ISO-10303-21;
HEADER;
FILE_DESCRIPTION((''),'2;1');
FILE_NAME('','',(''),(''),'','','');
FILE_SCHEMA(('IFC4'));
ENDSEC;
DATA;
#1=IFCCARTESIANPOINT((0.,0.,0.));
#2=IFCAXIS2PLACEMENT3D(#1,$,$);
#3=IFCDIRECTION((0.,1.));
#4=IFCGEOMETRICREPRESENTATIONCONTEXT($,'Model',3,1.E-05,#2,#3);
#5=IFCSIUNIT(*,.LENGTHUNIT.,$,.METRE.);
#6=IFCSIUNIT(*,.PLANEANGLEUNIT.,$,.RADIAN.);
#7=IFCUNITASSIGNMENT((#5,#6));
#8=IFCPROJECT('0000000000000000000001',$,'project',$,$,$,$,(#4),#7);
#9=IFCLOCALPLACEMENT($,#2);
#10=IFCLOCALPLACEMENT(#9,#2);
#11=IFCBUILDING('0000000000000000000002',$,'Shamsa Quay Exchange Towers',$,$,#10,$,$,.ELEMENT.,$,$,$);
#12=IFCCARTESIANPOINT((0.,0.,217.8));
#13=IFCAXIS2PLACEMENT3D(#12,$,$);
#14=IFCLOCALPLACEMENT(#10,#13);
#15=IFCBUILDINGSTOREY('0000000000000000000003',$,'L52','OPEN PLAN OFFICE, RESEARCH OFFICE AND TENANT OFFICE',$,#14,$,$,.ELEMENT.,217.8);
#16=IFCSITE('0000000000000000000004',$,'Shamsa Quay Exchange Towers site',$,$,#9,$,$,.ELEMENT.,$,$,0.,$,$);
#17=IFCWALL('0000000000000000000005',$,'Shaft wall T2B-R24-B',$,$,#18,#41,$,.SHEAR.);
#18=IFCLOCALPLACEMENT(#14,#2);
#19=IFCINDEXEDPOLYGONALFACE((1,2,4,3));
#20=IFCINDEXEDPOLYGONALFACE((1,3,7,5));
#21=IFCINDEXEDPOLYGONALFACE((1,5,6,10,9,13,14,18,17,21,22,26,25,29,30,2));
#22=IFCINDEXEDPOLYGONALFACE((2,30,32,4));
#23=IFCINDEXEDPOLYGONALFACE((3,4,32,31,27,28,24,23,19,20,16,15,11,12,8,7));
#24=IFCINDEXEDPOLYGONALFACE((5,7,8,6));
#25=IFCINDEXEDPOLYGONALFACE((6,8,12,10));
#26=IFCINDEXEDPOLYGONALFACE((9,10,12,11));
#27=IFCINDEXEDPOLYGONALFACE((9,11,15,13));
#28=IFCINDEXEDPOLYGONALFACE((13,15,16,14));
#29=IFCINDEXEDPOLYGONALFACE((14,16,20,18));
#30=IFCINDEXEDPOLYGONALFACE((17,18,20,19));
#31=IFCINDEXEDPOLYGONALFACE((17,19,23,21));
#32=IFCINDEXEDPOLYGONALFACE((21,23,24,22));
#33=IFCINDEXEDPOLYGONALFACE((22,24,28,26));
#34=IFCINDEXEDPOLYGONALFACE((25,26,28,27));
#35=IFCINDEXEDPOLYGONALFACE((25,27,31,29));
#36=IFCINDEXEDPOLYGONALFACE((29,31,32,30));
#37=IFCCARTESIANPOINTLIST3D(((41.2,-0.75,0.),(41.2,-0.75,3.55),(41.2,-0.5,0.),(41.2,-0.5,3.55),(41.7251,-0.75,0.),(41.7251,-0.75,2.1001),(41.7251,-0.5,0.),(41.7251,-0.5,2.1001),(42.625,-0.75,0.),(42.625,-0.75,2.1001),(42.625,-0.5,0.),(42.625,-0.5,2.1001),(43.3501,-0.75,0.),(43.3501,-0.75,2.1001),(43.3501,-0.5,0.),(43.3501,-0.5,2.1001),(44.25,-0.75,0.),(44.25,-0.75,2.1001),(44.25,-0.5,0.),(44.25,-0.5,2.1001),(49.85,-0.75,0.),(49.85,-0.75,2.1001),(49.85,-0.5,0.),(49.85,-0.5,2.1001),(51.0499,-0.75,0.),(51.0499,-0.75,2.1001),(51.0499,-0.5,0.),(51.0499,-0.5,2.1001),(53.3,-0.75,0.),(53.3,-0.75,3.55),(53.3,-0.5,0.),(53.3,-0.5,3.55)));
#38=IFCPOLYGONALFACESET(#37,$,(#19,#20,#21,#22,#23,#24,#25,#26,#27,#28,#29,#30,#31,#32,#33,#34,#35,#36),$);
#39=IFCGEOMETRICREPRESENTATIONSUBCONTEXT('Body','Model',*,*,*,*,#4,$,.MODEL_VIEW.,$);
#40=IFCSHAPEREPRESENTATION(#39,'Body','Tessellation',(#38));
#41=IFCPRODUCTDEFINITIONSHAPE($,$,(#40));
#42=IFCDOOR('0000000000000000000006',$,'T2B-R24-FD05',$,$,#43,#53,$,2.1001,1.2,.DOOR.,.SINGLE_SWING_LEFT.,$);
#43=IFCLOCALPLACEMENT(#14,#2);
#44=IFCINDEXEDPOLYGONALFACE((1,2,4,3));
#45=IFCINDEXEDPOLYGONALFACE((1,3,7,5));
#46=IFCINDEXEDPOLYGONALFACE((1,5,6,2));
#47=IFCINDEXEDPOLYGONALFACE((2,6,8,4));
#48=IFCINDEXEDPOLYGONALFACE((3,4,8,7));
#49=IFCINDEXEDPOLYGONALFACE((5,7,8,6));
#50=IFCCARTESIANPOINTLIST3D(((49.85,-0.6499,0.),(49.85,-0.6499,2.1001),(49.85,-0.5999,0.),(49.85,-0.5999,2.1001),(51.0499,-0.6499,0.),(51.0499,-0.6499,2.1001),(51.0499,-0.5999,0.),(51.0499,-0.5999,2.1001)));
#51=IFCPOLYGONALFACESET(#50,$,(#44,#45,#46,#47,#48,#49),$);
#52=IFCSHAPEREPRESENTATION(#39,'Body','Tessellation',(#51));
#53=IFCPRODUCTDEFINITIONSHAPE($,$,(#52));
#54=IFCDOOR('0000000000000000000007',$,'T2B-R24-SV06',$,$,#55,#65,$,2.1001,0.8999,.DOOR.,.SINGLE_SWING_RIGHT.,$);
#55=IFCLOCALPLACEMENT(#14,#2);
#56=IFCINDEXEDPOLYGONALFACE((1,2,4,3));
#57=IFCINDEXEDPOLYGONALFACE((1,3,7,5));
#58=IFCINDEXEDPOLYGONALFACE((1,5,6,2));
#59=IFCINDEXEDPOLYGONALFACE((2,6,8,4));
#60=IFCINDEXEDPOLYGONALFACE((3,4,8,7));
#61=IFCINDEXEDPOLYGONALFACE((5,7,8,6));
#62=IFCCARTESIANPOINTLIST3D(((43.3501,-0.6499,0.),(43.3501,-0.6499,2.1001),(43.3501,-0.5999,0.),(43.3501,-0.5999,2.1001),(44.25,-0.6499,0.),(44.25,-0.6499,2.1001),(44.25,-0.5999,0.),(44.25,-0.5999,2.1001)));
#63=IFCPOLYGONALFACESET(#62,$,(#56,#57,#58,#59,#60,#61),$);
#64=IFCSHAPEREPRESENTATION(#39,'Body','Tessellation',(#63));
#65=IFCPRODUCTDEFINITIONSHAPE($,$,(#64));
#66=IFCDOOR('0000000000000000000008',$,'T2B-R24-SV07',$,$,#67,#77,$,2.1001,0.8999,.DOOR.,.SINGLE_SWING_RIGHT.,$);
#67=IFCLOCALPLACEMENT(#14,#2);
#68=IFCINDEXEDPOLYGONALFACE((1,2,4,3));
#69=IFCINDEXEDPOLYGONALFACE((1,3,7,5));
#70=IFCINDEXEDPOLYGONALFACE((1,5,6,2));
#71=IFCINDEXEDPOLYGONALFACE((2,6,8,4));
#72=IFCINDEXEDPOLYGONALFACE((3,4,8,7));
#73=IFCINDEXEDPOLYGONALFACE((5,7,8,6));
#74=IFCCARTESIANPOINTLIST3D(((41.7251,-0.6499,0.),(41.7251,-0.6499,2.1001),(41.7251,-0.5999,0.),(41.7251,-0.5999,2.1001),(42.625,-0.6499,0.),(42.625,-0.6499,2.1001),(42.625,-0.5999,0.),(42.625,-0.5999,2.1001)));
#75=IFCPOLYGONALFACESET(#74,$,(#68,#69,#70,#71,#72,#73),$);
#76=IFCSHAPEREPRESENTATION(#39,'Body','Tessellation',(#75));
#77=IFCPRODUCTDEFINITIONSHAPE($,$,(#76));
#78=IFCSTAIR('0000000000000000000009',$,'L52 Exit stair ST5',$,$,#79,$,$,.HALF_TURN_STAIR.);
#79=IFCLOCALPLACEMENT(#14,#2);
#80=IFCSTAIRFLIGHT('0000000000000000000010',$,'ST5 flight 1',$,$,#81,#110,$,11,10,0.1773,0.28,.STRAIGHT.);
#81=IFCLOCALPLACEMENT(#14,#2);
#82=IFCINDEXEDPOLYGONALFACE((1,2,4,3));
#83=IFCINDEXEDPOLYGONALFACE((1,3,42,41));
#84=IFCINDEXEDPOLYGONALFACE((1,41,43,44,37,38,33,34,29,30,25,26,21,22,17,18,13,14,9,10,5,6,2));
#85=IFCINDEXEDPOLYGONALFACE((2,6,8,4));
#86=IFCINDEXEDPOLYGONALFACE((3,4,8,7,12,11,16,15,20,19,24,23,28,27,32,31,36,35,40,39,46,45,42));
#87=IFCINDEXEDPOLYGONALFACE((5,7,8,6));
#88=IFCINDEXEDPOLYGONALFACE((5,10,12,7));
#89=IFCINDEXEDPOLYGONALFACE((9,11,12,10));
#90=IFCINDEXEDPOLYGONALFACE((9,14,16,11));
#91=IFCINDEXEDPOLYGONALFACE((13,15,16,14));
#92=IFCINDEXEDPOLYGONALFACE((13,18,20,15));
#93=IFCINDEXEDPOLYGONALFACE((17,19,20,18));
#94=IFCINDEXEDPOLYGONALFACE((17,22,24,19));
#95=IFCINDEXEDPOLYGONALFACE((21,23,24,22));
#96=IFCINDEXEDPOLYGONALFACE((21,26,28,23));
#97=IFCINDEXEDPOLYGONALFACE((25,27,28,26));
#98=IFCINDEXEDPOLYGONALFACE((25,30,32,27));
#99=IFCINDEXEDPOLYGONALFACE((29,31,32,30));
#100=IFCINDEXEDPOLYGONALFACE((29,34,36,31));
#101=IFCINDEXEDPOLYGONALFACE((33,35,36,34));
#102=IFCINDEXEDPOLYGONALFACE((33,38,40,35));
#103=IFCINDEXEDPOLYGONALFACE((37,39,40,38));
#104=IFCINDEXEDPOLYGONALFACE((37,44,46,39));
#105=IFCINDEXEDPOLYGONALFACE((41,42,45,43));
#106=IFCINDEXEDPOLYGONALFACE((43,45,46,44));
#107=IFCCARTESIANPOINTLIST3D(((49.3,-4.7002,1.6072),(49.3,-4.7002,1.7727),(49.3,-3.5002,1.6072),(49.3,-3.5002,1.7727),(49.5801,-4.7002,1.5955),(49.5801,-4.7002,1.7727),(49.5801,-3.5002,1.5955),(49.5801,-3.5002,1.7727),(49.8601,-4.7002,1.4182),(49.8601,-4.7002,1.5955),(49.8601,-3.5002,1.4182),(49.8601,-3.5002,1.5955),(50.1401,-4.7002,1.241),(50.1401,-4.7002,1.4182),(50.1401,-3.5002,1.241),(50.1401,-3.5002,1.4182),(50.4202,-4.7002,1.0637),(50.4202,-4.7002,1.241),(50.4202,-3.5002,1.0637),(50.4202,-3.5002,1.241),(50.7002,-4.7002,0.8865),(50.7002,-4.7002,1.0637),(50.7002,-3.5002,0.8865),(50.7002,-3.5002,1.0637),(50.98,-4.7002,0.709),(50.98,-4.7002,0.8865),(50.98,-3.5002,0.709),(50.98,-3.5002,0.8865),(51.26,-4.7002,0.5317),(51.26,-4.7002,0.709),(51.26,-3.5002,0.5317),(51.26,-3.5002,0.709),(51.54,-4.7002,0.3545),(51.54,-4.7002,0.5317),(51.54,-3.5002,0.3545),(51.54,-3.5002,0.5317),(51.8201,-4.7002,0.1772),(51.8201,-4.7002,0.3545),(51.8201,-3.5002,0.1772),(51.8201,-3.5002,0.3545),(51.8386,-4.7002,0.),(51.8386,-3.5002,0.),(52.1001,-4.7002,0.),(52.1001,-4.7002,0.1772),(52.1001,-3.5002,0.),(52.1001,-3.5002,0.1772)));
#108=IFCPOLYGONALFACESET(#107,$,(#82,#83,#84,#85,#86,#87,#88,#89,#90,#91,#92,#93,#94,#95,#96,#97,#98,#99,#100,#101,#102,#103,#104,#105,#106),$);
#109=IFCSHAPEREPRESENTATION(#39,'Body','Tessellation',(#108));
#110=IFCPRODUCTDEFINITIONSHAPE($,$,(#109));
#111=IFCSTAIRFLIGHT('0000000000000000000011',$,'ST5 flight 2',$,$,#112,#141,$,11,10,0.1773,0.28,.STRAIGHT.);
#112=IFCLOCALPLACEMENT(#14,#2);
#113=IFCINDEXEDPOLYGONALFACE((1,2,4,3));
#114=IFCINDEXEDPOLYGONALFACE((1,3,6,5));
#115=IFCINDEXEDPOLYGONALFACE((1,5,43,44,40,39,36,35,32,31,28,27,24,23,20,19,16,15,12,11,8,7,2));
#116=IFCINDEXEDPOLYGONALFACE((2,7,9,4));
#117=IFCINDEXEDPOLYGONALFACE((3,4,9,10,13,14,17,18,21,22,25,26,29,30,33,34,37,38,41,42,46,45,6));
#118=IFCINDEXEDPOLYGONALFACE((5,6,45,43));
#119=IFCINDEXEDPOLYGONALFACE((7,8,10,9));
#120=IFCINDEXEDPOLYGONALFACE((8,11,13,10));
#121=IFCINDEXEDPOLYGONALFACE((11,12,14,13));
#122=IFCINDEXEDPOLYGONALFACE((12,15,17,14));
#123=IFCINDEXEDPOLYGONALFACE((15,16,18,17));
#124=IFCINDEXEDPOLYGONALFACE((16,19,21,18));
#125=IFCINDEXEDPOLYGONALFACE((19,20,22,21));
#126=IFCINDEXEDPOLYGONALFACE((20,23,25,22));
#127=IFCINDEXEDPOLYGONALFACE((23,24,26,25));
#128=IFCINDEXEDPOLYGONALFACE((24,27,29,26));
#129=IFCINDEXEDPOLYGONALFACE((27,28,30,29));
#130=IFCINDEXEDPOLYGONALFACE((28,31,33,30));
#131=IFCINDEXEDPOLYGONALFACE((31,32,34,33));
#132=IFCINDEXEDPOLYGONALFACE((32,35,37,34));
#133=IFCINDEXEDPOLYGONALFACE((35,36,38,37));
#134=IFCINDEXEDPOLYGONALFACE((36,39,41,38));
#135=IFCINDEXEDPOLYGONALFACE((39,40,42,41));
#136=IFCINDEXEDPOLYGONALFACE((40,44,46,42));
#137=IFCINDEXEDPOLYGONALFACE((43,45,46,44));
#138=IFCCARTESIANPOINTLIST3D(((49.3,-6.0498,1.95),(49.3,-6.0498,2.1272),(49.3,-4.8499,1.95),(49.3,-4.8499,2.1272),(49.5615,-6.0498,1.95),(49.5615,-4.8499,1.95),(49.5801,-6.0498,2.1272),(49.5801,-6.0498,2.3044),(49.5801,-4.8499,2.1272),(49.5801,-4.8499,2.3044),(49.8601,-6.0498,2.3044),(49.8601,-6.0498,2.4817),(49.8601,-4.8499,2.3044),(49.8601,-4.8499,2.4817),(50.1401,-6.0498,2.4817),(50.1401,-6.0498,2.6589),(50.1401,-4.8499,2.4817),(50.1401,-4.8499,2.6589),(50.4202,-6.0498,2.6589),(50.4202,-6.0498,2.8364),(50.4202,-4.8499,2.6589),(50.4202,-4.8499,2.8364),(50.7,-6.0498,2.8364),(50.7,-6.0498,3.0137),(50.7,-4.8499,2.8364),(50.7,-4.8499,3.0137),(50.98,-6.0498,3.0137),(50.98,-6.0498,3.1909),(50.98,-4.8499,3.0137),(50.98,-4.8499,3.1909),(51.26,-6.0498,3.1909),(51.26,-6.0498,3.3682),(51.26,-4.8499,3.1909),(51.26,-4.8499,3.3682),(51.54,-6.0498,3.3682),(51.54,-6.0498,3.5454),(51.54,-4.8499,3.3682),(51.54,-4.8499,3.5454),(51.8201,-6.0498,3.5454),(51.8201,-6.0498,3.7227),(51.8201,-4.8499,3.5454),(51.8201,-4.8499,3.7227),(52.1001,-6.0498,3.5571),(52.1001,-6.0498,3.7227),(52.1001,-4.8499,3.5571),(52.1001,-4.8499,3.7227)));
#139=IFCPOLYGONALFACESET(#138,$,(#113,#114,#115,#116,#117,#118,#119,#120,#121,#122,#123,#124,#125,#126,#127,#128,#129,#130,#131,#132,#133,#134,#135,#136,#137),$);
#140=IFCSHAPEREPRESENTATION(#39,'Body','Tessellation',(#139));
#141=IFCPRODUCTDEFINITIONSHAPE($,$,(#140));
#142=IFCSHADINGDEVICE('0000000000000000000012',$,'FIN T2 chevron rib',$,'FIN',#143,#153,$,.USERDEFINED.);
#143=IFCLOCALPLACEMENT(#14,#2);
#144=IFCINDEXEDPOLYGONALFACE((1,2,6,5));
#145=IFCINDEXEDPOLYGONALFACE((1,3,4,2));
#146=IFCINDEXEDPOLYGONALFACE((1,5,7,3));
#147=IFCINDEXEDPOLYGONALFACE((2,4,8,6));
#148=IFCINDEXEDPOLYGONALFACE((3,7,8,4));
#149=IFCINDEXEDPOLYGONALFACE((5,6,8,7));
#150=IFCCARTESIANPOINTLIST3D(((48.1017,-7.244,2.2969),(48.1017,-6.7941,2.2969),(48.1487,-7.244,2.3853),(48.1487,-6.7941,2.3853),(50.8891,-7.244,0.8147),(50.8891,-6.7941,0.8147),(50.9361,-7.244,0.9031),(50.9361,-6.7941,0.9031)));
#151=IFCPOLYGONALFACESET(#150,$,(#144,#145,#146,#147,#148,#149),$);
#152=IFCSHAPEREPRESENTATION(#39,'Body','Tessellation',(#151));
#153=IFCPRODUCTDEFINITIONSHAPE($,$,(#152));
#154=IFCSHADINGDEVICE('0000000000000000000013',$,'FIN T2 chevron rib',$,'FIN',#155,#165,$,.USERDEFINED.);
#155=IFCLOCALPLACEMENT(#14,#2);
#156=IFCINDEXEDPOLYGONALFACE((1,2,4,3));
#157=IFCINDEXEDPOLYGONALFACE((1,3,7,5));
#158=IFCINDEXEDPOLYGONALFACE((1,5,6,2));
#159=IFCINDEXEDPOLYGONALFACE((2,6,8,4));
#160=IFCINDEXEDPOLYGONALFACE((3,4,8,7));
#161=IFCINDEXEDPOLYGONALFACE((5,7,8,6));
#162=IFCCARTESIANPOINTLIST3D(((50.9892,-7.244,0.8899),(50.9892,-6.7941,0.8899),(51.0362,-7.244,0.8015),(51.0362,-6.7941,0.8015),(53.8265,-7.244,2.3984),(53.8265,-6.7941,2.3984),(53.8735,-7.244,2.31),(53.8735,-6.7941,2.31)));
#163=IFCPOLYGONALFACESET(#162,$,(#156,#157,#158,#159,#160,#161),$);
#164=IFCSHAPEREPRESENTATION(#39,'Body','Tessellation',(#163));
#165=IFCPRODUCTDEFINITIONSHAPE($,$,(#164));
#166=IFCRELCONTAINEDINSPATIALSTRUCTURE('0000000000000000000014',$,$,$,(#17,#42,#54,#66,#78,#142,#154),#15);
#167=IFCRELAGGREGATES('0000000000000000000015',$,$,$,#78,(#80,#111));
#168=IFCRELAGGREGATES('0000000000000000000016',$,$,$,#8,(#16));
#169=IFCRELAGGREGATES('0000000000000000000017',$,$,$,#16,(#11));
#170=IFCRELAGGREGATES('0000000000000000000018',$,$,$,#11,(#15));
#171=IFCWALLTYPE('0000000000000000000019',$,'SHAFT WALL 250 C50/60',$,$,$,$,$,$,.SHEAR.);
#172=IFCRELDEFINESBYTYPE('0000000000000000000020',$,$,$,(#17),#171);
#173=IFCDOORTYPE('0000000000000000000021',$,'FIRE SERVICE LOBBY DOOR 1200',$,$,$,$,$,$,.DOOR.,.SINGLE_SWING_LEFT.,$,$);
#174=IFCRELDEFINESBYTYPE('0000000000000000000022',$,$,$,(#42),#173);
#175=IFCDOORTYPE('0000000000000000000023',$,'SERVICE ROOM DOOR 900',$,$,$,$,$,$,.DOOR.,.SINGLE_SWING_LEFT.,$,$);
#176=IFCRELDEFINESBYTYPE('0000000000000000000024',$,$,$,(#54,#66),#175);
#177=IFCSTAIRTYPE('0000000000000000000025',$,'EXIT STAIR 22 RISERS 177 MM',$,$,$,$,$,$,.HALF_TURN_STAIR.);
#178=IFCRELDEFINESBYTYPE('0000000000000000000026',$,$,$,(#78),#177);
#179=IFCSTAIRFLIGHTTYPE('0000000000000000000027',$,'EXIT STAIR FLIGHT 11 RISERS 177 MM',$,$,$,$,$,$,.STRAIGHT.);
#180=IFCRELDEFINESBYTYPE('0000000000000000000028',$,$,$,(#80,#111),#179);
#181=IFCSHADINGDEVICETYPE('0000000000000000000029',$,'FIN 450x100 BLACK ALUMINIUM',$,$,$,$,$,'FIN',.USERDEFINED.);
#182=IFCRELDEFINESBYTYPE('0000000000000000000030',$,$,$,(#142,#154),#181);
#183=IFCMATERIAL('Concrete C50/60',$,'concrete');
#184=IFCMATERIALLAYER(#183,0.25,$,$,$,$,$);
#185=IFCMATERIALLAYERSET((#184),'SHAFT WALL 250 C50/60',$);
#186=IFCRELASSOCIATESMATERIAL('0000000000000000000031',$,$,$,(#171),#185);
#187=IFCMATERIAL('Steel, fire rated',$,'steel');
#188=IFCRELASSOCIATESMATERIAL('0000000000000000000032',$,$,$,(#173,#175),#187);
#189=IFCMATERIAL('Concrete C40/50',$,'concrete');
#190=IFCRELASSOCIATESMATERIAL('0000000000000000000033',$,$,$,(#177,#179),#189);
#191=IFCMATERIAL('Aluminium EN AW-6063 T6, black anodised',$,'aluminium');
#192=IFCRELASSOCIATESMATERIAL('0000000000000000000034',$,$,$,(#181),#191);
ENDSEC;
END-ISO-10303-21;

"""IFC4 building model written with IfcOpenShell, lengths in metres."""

from ifc_helpers import new_model, si_unit, direction, frame, frame_2d, origin, origin_2d, place, context, subcontext, project, spatial, polyline, rectangle, outline, extrude, material, layer, layer_set, material_profile, profile_set, type_object, element, fill, aggregate, save


model = new_model("IFC4")

# Units and contexts
model_context = context("Model", 3, precision=1e-05, world=origin(), true_north=direction((0.0, 1.0)))
body_context = subcontext(model_context, "Body", "Model", "MODEL_VIEW")
ifc_project = project(units=[si_unit("LENGTHUNIT", "METRE"), si_unit("PLANEANGLEUNIT", "RADIAN")], contexts=[model_context])

# Site, building, storey
site_placement = place(None, origin())
site = spatial("IfcSite", under=ifc_project, at=site_placement, Name="Shamsa Quay Exchange Towers site", CompositionType="ELEMENT", RefElevation=0.0)
building_placement = place(site_placement, origin())
building = spatial("IfcBuilding", under=site, at=building_placement, Name="Shamsa Quay Exchange Towers", CompositionType="ELEMENT")
storey_placement = place(building_placement, frame((0.0, 0.0, 217.8)))
storey = spatial("IfcBuildingStorey", under=building, at=storey_placement, Name="L52", Description="OPEN PLAN OFFICE, RESEARCH OFFICE AND TENANT OFFICE", CompositionType="ELEMENT", Elevation=217.8)

# Shared definitions
ifc_material_1 = material(Name="Aluminium EN AW-6063 T6, black anodised", Category="aluminium")

# Shared definitions
ifc_material_2 = material(Name="Steel, fire rated", Category="steel")
ifc_material_3 = material(Name="Concrete C50/60", Category="concrete")
ifc_layer_1 = layer(ifc_material_3, 0.25)
ifc_layer_set_1 = layer_set([ifc_layer_1], Name="SHAFT WALL 250 C50/60")
wall_type_1 = type_object("IfcWallType", Name="SHAFT WALL 250 C50/60", PredefinedType="SHEAR", material=ifc_layer_set_1)

# Wall, openings, doors
wall_1_placement = place(storey_placement, frame((53.3, -0.625, 0.0), z_axis=(0.0, 0.0, 1.0), x_axis=(-1.0, 0.0, 0.0)))
wall_1 = element("IfcWall", 1, at=wall_1_placement, inside=storey, type_object=wall_type_1, Name="Shaft wall T2B-R24-B", PredefinedType="SHEAR", context=body_context, shape_type="SweptSolid", body=[
    extrude(rectangle(XDim=12.1001, YDim=0.25, at=frame_2d((6.05, 0.0))), origin(), (0.0, 0.0, 1.0), 3.55),
])
opening_1_placement = place(wall_1_placement, frame((2.25, 0.0, 0.0)))
opening_1 = element("IfcOpeningElement", 2, at=opening_1_placement, cuts=wall_1, PredefinedType="OPENING", context=body_context, shape_type="SweptSolid", body=[
    extrude(rectangle(XDim=1.2, YDim=2.1001, at=frame_2d((0.6001, 1.05))), frame((0.0, 0.135, 0.0), z_axis=(0.0, -1.0, 0.0), x_axis=(1.0, 0.0, 0.0)), (0.0, 0.0, 1.0), 0.27),
])
opening_2_placement = place(wall_1_placement, frame((9.05, 0.0, 0.0)))
opening_2 = element("IfcOpeningElement", 3, at=opening_2_placement, cuts=wall_1, PredefinedType="OPENING", context=body_context, shape_type="SweptSolid", body=[
    extrude(rectangle(XDim=0.8999, YDim=2.1001, at=frame_2d((0.45, 1.05))), frame((0.0, 0.135, 0.0), z_axis=(0.0, -1.0, 0.0), x_axis=(1.0, 0.0, 0.0)), (0.0, 0.0, 1.0), 0.27),
])
opening_3_placement = place(wall_1_placement, frame((10.675, 0.0, 0.0)))
opening_3 = element("IfcOpeningElement", 4, at=opening_3_placement, cuts=wall_1, PredefinedType="OPENING", context=body_context, shape_type="SweptSolid", body=[
    extrude(rectangle(XDim=0.8999, YDim=2.1001, at=frame_2d((0.45, 1.05))), frame((0.0, 0.135, 0.0), z_axis=(0.0, -1.0, 0.0), x_axis=(1.0, 0.0, 0.0)), (0.0, 0.0, 1.0), 0.27),
])
door_type_1 = type_object("IfcDoorType", Name="FIRE SERVICE LOBBY DOOR 1200", OperationType="SINGLE_SWING_LEFT", PredefinedType="DOOR", material=ifc_material_2)
door_1_placement = place(opening_1_placement, origin())
door_1 = element("IfcDoor", 5, at=door_1_placement, inside=storey, type_object=door_type_1, Name="T2B-R24-FD05", OperationType="SINGLE_SWING_LEFT", OverallHeight=2.1001, OverallWidth=1.2, PredefinedType="DOOR", context=body_context, shape_type="SweptSolid", body=[
    extrude(rectangle(XDim=1.2, YDim=2.1001, at=frame_2d((0.6001, 1.05))), frame((0.0, 0.0249, 0.0), z_axis=(0.0, -1.0, 0.0), x_axis=(1.0, 0.0, 0.0)), (0.0, 0.0, 1.0), 0.05),
])
fill(opening_1, door_1)
door_type_2 = type_object("IfcDoorType", Name="SERVICE ROOM DOOR 900", OperationType="SINGLE_SWING_LEFT", PredefinedType="DOOR", material=ifc_material_2)
door_2_placement = place(opening_2_placement, origin())
door_2 = element("IfcDoor", 6, at=door_2_placement, inside=storey, type_object=door_type_2, Name="T2B-R24-SV06", OperationType="SINGLE_SWING_RIGHT", OverallHeight=2.1001, OverallWidth=0.8999, PredefinedType="DOOR", context=body_context, shape_type="SweptSolid", body=[
    extrude(rectangle(XDim=0.8999, YDim=2.1001, at=frame_2d((0.45, 1.05))), frame((0.0, 0.0249, 0.0), z_axis=(0.0, -1.0, 0.0), x_axis=(1.0, 0.0, 0.0)), (0.0, 0.0, 1.0), 0.05),
])
fill(opening_2, door_2)
door_3_placement = place(opening_3_placement, origin())
door_3 = element("IfcDoor", 7, at=door_3_placement, inside=storey, type_object=door_type_2, Name="T2B-R24-SV07", OperationType="SINGLE_SWING_RIGHT", OverallHeight=2.1001, OverallWidth=0.8999, PredefinedType="DOOR", context=body_context, shape_type="SweptSolid", body=[
    extrude(rectangle(XDim=0.8999, YDim=2.1001, at=frame_2d((0.45, 1.05))), frame((0.0, 0.0249, 0.0), z_axis=(0.0, -1.0, 0.0), x_axis=(1.0, 0.0, 0.0)), (0.0, 0.0, 1.0), 0.05),
])
fill(opening_3, door_3)

# Stair, stair flights
ifc_material_4 = material(Name="Concrete C40/50", Category="concrete")
stair_type = type_object("IfcStairType", Name="EXIT STAIR 22 RISERS 177 MM", PredefinedType="HALF_TURN_STAIR", material=ifc_material_4)
stair_placement = place(storey_placement, origin())
stair = element("IfcStair", 8, at=stair_placement, inside=storey, type_object=stair_type, Name="L52 Exit stair ST5", PredefinedType="HALF_TURN_STAIR")
stair_flight_type = type_object("IfcStairFlightType", Name="EXIT STAIR FLIGHT 11 RISERS 177 MM", PredefinedType="STRAIGHT", material=ifc_material_4)
stair_flight_1_placement = place(storey_placement, frame((52.1001, -4.1001, 0.0), z_axis=(0.0, 0.0, 1.0), x_axis=(-1.0, 0.0, 0.0)))
stair_flight_1 = element("IfcStairFlight", 9, at=stair_flight_1_placement, type_object=stair_flight_type, Name="ST5 flight 1", NumberOfRisers=11, NumberOfTreads=10, PredefinedType="STRAIGHT", RiserHeight=0.1773, TreadLength=0.28, context=body_context, shape_type="SweptSolid", body=[
    extrude(outline(polyline([(0.0, 0.0), (0.0, 0.1772), (0.28, 0.1772), (0.28, 0.3545), (0.5601, 0.3545), (0.5601, 0.5317), (0.8401, 0.5317), (0.8401, 0.709), (1.1201, 0.709), (1.1201, 0.8865), (1.3999, 0.8865), (1.3999, 1.0637), (1.6799, 1.0637), (1.6799, 1.241), (1.96, 1.241), (1.96, 1.4182), (2.24, 1.4182), (2.24, 1.5955), (2.52, 1.5955), (2.52, 1.7727), (2.8, 1.7727), (2.8, 1.95), (2.8, 1.6072), (0.2615, 0.0), (0.0, 0.0)])), frame((0.0, 0.6001, 0.0), z_axis=(0.0, -1.0, 0.0), x_axis=(1.0, 0.0, 0.0)), (0.0, 0.0, 1.0), 1.2),
])
stair_flight_2_placement = place(storey_placement, frame((49.3, -5.45, 1.95)))
stair_flight_2 = element("IfcStairFlight", 10, at=stair_flight_2_placement, type_object=stair_flight_type, Name="ST5 flight 2", NumberOfRisers=11, NumberOfTreads=10, PredefinedType="STRAIGHT", RiserHeight=0.1773, TreadLength=0.28, context=body_context, shape_type="SweptSolid", body=[
    extrude(outline(polyline([(0.0, 0.0), (0.0, 0.1772), (0.28, 0.1772), (0.28, 0.3545), (0.5601, 0.3545), (0.5601, 0.5317), (0.8401, 0.5317), (0.8401, 0.709), (1.1201, 0.709), (1.1201, 0.8865), (1.3999, 0.8865), (1.3999, 1.0637), (1.6799, 1.0637), (1.6799, 1.241), (1.96, 1.241), (1.96, 1.4182), (2.24, 1.4182), (2.24, 1.5955), (2.52, 1.5955), (2.52, 1.7727), (2.8, 1.7727), (2.8, 1.95), (2.8, 1.6072), (0.2615, 0.0), (0.0, 0.0)])), frame((0.0, 0.6001, 0.0), z_axis=(0.0, -1.0, 0.0), x_axis=(1.0, 0.0, 0.0)), (0.0, 0.0, 1.0), 1.2),
])
aggregate(stair, [stair_flight_1, stair_flight_2])

# Shading devices
ifc_material_profile_1 = material_profile(ifc_material_1, rectangle(XDim=0.45, YDim=0.1001, at=origin_2d()), Name="FIN450x100")
ifc_profile_set_1 = profile_set([ifc_material_profile_1], Name="Aluminium EN AW-6063 T6, black anodised")
shading_device_type = type_object("IfcShadingDeviceType", Name="FIN 450x100 BLACK ALUMINIUM", ElementType="FIN", PredefinedType="USERDEFINED", material=ifc_profile_set_1)
shading_device_1_placement = place(storey_placement, frame((48.1252, -7.019, 2.3411), z_axis=(0.882932, 0.0, -0.4695), x_axis=(0.0, 1.0, 0.0)))
element("IfcShadingDevice", 11, at=shading_device_1_placement, inside=storey, type_object=shading_device_type, Name="FIN T2 chevron rib", ObjectType="FIN", PredefinedType="USERDEFINED", context=body_context, shape_type="SweptSolid", body=[
    extrude(rectangle(XDim=0.45, YDim=0.1001, at=origin_2d()), origin(), (0.0, 0.0, 1.0), 3.157),
])
shading_device_2_placement = place(storey_placement, frame((51.0127, -7.019, 0.8457), z_axis=(0.882964, 0.0, 0.46944), x_axis=(0.0, 1.0, 0.0)))
element("IfcShadingDevice", 12, at=shading_device_2_placement, inside=storey, type_object=shading_device_type, Name="FIN T2 chevron rib", ObjectType="FIN", PredefinedType="USERDEFINED", context=body_context, shape_type="SweptSolid", body=[
    extrude(rectangle(XDim=0.45, YDim=0.1001, at=origin_2d()), origin(), (0.0, 0.0, 1.0), 3.2134),
])

save(model, "model.ifc")
